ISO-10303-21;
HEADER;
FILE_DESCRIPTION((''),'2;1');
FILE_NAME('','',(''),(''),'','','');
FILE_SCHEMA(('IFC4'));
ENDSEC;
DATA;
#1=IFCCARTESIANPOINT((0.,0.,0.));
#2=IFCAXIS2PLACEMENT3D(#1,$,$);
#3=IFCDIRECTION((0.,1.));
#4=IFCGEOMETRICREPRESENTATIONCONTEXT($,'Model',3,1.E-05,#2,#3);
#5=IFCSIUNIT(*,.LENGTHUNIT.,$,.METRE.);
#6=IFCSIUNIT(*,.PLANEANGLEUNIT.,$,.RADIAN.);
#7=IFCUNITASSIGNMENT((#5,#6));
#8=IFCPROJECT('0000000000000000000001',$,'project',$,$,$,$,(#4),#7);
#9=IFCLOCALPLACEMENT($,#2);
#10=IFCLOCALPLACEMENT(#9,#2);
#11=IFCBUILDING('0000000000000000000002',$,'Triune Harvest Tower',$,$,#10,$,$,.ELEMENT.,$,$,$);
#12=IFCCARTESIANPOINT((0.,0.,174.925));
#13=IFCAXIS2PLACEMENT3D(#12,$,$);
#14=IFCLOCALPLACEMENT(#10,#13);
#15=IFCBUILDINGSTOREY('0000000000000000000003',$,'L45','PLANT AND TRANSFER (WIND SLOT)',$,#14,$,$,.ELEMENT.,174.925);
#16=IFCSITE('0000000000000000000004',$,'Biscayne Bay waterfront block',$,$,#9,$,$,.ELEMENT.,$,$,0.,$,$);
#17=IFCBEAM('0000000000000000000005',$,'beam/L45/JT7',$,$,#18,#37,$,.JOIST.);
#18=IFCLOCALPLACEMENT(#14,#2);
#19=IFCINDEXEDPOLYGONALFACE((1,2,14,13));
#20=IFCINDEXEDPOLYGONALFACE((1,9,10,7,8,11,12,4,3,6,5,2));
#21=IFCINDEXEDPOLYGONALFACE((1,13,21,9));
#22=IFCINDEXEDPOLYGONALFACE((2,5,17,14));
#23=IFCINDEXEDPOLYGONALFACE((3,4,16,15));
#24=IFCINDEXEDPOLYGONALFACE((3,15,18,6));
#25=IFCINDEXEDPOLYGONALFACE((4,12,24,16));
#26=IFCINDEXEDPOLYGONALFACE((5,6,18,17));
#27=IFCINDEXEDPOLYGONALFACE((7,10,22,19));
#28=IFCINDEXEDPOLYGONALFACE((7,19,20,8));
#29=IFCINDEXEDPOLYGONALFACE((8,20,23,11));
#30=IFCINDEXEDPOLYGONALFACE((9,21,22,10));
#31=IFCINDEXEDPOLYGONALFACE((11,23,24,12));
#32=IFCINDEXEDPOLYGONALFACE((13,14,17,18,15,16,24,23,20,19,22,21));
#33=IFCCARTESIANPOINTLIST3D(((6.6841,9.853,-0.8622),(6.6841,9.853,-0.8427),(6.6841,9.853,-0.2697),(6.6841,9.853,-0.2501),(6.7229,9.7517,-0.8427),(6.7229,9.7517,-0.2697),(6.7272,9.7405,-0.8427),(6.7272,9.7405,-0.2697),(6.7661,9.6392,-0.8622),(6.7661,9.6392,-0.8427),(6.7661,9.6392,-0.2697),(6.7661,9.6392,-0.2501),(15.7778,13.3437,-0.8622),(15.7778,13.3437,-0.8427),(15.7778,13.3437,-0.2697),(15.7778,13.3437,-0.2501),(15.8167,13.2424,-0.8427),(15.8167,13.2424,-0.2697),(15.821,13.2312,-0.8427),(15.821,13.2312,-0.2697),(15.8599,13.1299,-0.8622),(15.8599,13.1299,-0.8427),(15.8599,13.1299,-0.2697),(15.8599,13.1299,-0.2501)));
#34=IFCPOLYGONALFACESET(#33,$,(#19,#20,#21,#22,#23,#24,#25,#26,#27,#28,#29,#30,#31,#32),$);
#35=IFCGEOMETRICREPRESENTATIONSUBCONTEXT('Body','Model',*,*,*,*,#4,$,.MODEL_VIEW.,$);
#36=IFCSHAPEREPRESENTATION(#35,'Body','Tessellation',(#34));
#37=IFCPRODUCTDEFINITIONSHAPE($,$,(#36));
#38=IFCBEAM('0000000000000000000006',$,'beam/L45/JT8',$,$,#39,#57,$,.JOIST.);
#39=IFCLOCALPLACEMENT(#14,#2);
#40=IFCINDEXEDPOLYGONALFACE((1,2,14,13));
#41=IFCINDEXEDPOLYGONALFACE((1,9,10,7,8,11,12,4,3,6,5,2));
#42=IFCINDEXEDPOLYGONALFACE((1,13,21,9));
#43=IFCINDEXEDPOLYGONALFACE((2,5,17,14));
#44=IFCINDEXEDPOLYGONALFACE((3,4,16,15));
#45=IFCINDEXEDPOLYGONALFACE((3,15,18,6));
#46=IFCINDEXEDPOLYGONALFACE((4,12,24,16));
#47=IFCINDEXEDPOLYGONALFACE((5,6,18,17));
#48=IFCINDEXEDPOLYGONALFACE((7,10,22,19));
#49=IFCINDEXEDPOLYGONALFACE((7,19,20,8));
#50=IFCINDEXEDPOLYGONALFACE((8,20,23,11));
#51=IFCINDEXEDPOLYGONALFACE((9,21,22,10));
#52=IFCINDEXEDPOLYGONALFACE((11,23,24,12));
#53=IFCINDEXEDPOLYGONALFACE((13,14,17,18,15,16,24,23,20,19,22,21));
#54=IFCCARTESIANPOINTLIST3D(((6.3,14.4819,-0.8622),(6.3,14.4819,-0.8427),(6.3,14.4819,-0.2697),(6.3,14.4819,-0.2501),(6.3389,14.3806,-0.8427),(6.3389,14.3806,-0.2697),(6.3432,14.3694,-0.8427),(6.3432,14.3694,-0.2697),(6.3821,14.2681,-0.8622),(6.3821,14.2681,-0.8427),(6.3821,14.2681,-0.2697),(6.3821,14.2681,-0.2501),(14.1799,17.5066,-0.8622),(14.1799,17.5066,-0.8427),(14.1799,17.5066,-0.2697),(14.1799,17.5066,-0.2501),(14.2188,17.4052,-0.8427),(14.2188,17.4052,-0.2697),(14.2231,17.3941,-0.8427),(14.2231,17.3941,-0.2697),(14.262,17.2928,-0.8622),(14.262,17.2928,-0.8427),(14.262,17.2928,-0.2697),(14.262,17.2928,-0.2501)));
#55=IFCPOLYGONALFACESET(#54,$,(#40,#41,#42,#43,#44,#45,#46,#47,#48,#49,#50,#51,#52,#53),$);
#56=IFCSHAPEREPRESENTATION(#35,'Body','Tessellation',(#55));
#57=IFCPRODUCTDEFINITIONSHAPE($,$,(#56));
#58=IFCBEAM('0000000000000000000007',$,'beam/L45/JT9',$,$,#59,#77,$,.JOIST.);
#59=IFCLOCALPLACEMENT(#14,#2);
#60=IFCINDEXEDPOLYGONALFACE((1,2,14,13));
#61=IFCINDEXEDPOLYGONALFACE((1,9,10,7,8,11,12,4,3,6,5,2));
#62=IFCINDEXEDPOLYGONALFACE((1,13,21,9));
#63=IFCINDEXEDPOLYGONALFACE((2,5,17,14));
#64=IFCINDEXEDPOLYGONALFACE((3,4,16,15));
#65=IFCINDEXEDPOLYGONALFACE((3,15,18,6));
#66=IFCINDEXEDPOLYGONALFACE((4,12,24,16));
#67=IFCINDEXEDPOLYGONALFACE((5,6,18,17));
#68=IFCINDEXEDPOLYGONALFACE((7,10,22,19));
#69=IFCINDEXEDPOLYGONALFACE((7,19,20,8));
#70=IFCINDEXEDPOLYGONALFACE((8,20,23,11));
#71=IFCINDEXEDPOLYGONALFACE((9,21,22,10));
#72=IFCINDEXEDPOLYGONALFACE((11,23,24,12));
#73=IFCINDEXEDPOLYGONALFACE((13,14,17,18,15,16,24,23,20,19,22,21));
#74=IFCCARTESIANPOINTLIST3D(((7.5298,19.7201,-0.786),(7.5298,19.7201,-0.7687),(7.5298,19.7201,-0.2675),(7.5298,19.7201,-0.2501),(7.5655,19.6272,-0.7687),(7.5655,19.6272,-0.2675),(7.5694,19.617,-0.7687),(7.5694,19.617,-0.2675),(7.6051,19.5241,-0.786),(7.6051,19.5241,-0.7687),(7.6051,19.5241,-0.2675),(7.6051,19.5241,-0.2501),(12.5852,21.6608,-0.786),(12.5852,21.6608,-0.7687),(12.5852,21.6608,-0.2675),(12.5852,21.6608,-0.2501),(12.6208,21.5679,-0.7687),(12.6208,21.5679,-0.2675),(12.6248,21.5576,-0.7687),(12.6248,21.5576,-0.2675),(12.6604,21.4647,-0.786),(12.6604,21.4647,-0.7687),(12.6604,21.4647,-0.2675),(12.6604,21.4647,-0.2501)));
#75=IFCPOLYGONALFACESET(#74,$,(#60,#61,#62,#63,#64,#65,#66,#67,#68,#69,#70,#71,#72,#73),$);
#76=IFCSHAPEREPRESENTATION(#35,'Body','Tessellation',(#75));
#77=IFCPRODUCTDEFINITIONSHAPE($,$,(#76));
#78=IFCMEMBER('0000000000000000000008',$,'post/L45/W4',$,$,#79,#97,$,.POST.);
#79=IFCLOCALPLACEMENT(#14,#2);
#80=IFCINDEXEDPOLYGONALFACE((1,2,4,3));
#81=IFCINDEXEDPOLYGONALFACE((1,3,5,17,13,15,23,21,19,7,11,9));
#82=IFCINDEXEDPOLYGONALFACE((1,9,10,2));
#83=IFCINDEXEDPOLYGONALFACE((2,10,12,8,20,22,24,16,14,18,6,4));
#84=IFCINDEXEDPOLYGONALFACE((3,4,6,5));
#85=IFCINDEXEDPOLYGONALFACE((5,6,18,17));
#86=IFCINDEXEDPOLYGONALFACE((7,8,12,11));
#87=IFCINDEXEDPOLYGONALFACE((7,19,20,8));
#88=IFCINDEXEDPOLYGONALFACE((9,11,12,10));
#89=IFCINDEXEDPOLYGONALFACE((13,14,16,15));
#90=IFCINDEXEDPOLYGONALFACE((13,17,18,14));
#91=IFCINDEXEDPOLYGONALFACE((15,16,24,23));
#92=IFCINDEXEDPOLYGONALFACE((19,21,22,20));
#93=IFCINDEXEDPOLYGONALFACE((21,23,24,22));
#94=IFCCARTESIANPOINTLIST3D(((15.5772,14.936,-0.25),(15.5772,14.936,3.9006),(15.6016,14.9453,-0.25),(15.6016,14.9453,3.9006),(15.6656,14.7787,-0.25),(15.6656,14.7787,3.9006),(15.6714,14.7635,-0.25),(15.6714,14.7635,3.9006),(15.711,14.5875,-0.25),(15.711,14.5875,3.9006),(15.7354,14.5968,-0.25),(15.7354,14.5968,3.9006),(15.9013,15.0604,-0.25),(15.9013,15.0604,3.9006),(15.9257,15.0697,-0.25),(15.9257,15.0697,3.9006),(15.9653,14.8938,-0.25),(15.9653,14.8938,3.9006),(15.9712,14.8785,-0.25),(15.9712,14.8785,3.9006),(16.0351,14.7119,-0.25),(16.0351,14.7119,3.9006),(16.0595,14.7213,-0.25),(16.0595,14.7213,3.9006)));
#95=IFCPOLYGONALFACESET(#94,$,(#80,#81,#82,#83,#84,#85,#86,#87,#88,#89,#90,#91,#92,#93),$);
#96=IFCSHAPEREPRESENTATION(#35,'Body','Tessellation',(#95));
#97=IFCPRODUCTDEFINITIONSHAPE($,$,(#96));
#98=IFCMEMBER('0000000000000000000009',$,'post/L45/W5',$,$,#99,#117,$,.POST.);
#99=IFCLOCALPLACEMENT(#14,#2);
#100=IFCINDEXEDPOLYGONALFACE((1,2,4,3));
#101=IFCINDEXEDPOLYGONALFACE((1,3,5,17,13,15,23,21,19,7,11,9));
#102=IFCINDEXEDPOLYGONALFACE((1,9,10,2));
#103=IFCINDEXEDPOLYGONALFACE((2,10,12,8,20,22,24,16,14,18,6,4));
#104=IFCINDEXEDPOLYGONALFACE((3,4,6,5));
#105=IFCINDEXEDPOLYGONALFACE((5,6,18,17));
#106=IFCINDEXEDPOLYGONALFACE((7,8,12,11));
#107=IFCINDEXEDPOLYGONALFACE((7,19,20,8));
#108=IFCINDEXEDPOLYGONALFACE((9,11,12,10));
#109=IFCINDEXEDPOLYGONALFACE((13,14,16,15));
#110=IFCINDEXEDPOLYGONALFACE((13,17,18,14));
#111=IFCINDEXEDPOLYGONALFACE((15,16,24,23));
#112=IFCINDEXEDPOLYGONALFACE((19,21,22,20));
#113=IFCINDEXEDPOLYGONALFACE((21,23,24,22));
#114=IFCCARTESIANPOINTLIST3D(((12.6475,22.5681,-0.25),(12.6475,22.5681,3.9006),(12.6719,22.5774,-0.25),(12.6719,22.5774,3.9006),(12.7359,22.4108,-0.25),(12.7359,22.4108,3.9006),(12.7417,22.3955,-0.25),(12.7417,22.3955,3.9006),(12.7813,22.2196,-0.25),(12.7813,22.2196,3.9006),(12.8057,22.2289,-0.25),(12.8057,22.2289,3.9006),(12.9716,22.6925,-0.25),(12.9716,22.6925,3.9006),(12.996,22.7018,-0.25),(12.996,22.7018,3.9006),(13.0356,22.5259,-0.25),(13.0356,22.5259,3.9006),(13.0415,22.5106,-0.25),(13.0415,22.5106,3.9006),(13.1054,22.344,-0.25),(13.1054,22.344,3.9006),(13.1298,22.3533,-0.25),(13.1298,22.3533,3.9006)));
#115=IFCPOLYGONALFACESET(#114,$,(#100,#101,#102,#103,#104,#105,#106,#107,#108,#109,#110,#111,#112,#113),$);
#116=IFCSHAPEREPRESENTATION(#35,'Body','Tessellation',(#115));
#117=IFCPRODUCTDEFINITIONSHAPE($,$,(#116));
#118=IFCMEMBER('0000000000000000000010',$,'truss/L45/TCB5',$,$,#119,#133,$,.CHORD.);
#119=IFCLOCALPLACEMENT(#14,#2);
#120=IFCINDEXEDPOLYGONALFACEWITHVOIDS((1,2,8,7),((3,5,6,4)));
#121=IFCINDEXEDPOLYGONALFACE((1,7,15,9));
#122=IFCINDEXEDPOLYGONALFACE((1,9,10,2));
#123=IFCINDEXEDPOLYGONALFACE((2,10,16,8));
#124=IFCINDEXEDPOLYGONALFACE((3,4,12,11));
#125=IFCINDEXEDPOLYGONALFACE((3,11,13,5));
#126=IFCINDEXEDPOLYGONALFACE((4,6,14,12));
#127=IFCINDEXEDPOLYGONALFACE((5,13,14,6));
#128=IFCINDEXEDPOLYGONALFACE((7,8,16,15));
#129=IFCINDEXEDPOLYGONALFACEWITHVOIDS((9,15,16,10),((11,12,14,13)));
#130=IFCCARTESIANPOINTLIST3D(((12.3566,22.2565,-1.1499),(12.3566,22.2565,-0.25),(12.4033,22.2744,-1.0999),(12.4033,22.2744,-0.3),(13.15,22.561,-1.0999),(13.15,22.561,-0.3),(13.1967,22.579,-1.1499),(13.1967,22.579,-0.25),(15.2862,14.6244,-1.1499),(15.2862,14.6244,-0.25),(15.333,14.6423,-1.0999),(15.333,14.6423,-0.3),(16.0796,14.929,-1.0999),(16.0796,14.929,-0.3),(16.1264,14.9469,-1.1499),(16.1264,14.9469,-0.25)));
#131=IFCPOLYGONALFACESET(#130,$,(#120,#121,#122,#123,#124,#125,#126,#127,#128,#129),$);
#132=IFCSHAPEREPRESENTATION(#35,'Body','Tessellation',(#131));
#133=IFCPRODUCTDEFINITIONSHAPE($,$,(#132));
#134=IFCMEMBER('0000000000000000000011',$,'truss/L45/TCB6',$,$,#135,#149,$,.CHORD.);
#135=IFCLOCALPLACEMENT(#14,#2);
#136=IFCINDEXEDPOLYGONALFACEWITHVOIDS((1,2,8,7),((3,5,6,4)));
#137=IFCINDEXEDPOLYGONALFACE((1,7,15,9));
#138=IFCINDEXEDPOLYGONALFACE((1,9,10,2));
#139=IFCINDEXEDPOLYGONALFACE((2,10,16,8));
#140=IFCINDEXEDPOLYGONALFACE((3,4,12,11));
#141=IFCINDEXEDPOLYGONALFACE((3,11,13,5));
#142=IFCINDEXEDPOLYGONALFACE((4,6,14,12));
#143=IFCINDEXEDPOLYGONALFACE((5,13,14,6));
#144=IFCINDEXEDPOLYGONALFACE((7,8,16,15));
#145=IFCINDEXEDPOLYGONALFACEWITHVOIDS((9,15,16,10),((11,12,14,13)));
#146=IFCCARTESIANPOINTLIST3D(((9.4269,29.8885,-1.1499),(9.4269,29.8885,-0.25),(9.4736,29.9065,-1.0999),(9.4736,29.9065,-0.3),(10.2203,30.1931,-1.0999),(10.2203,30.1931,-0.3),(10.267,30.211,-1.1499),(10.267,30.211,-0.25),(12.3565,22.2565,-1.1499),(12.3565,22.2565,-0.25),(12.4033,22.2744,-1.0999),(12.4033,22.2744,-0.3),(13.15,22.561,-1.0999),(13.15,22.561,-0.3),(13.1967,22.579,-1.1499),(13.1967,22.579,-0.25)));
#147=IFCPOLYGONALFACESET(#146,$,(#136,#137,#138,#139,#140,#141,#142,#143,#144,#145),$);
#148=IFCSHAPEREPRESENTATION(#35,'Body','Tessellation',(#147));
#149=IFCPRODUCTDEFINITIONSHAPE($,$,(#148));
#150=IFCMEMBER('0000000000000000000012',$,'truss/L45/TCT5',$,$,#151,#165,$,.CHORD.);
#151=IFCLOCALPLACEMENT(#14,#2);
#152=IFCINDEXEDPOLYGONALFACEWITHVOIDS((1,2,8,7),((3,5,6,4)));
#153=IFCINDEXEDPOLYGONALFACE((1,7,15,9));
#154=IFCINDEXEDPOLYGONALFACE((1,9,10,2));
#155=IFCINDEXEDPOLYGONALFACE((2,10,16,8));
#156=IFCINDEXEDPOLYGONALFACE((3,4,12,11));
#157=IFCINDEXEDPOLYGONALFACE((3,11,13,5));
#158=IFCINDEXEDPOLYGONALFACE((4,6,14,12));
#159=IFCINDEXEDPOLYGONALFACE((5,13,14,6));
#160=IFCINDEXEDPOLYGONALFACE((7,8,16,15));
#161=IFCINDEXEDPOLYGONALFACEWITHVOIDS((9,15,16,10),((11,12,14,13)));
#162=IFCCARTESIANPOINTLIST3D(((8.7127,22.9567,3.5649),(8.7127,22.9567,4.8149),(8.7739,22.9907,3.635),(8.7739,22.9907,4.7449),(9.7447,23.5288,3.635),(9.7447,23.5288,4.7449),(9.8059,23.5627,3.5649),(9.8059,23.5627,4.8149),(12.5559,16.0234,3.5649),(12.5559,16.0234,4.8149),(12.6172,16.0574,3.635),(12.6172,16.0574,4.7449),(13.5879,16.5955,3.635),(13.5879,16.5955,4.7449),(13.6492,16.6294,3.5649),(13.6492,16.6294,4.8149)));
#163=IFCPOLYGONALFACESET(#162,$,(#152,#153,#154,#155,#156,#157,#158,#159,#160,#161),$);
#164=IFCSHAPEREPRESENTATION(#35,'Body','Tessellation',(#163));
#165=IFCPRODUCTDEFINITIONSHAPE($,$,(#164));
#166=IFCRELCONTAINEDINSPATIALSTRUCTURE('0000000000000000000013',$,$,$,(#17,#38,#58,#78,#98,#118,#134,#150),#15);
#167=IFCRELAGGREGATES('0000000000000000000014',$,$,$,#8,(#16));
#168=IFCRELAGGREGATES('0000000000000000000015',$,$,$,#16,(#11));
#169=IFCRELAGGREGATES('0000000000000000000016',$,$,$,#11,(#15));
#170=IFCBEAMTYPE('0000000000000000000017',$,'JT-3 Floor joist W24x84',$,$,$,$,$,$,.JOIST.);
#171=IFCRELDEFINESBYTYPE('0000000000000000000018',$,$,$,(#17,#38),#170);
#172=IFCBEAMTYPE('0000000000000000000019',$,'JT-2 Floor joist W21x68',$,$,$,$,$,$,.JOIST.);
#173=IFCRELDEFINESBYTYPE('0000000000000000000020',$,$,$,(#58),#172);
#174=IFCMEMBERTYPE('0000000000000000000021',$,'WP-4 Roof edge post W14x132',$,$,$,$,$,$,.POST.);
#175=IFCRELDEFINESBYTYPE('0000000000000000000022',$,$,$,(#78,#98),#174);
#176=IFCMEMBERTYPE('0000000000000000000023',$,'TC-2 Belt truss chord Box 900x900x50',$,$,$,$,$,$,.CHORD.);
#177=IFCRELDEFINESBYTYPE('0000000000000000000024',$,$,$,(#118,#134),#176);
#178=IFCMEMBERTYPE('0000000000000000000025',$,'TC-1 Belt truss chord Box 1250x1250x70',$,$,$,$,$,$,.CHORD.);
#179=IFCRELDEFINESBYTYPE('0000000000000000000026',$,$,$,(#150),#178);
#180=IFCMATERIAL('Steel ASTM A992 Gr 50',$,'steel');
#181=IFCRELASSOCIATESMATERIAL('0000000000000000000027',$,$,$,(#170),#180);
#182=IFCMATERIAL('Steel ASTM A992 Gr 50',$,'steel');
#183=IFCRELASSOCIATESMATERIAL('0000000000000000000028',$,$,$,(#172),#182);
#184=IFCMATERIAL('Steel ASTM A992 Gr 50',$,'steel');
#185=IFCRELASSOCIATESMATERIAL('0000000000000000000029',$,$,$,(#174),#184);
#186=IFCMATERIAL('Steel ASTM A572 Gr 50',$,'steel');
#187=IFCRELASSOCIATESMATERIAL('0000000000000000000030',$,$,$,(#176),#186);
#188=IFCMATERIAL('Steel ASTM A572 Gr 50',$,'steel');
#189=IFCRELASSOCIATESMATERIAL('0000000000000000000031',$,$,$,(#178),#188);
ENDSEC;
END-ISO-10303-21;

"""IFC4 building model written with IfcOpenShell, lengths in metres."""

from ifc_helpers import new_model, si_unit, direction, frame, origin, origin_2d, place, context, subcontext, project, spatial, hollow_rectangle, i_section, extrude, source, transform, mapped, material, material_profile, profile_set, type_object, element, save


model = new_model("IFC4")

# Units and contexts
model_context = context("Model", 3, precision=1e-05, world=origin(), true_north=direction((0.0, 1.0)))
body_context = subcontext(model_context, "Body", "Model", "MODEL_VIEW")
ifc_project = project(units=[si_unit("LENGTHUNIT", "METRE"), si_unit("PLANEANGLEUNIT", "RADIAN")], contexts=[model_context])

# Site, building, storey
site_placement = place(None, origin())
site = spatial("IfcSite", under=ifc_project, at=site_placement, Name="Biscayne Bay waterfront block", CompositionType="ELEMENT", RefElevation=0.0)
building_placement = place(site_placement, origin())
building = spatial("IfcBuilding", under=site, at=building_placement, Name="Triune Harvest Tower", CompositionType="ELEMENT")
storey_placement = place(building_placement, frame((0.0, 0.0, 174.925)))
storey = spatial("IfcBuildingStorey", under=building, at=storey_placement, Name="L45", Description="PLANT AND TRANSFER (WIND SLOT)", CompositionType="ELEMENT", Elevation=174.925)

# Beams
ifc_material_1 = material(Name="Steel ASTM A992 Gr 50", Category="steel")
ifc_material_profile_1 = material_profile(ifc_material_1, i_section(OverallWidth=0.229, OverallDepth=0.6121, WebThickness=0.012, FlangeThickness=0.0195, at=origin_2d()), Name="W24x84")
ifc_profile_set_1 = profile_set([ifc_material_profile_1], Name="Steel ASTM A992 Gr 50")
beam_type_1 = type_object("IfcBeamType", Name="JT-3 Floor joist W24x84", PredefinedType="JOIST", material=ifc_profile_set_1)
beam_1_placement = place(storey_placement, frame((15.8188, 13.2368, -0.5562), z_axis=(-0.933582, -0.358364, 0.0), x_axis=(0.358364, -0.933582, 0.0)))
element("IfcBeam", 1, at=beam_1_placement, inside=storey, type_object=beam_type_1, Name="beam/L45/JT7", PredefinedType="JOIST", context=body_context, shape_type="SweptSolid", body=[
    extrude(i_section(OverallWidth=0.229, OverallDepth=0.6121, WebThickness=0.012, FlangeThickness=0.0195, at=origin_2d()), origin(), (0.0, 0.0, 1.0), 9.7407),
])
shared_shape_1 = source(origin(), body_context, "Body", "SweptSolid", [
    extrude(i_section(OverallWidth=0.229, OverallDepth=0.6121, WebThickness=0.012, FlangeThickness=0.0195, at=origin_2d()), origin(), (0.0, 0.0, 1.0), 8.4404),
])
beam_2_placement = place(storey_placement, frame((14.2209, 17.3997, -0.5562), z_axis=(-0.933586, -0.358353, 0.0), x_axis=(0.358353, -0.933586, 0.0)))
element("IfcBeam", 2, at=beam_2_placement, inside=storey, type_object=beam_type_1, Name="beam/L45/JT8", PredefinedType="JOIST", context=body_context, shape_type="MappedRepresentation", body=[
    mapped(shared_shape_1, transform((0.0, 0.0, 0.0), scale=1.0)),
])
ifc_material_2 = material(Name="Steel ASTM A992 Gr 50", Category="steel")
ifc_material_profile_2 = material_profile(ifc_material_2, i_section(OverallWidth=0.21, OverallDepth=0.5359, WebThickness=0.011, FlangeThickness=0.0173, at=origin_2d()), Name="W21x68")
ifc_profile_set_2 = profile_set([ifc_material_profile_2], Name="Steel ASTM A992 Gr 50")
beam_type_2 = type_object("IfcBeamType", Name="JT-2 Floor joist W21x68", PredefinedType="JOIST", material=ifc_profile_set_2)
shared_shape_2 = source(origin(), body_context, "Body", "SweptSolid", [
    extrude(i_section(OverallWidth=0.21, OverallDepth=0.5359, WebThickness=0.011, FlangeThickness=0.0173, at=origin_2d()), origin(), (0.0, 0.0, 1.0), 5.415),
])
beam_3_placement = place(storey_placement, frame((12.6228, 21.5627, -0.5181), z_axis=(-0.933575, -0.358381, 0.0), x_axis=(0.358381, -0.933575, 0.0)))
element("IfcBeam", 3, at=beam_3_placement, inside=storey, type_object=beam_type_2, Name="beam/L45/JT9", PredefinedType="JOIST", context=body_context, shape_type="MappedRepresentation", body=[
    mapped(shared_shape_2, transform((0.0, 0.0, 0.0), scale=1.0)),
])

# Members
ifc_material_3 = material(Name="Steel ASTM A992 Gr 50", Category="steel")
ifc_material_profile_3 = material_profile(ifc_material_3, i_section(OverallWidth=0.3733, OverallDepth=0.3733, WebThickness=0.0164, FlangeThickness=0.0261, at=origin_2d()), Name="W14x132")
ifc_profile_set_3 = profile_set([ifc_material_profile_3], Name="Steel ASTM A992 Gr 50")
member_type_1 = type_object("IfcMemberType", Name="WP-4 Roof edge post W14x132", PredefinedType="POST", material=ifc_profile_set_3)
shared_shape_3 = source(origin(), body_context, "Body", "SweptSolid", [
    extrude(i_section(OverallWidth=0.3733, OverallDepth=0.3733, WebThickness=0.0164, FlangeThickness=0.0261, at=origin_2d()), origin(), (0.0, 0.0, 1.0), 4.1506),
])
for number, where, z_axis, x_axis, name in (
    (4, (15.8184, 14.8286, -0.25), (0.0, 0.0, 1.0), (-0.358368, 0.93358, 0.0), "post/L45/W4"),
    (5, (12.8887, 22.4607, -0.25), (0.0, 0.0, 1.0), (-0.358368, 0.93358, 0.0), "post/L45/W5"),
):
    element("IfcMember", number, at=place(storey_placement, frame(where, z_axis=z_axis, x_axis=x_axis)), inside=storey, type_object=member_type_1, Name=name, PredefinedType="POST", context=body_context, shape_type="MappedRepresentation", body=[
        mapped(shared_shape_3, transform((0.0, 0.0, 0.0), scale=1.0)),
    ])
ifc_material_4 = material(Name="Steel ASTM A572 Gr 50", Category="steel")
ifc_material_profile_4 = material_profile(ifc_material_4, hollow_rectangle(XDim=0.8999, YDim=0.8999, WallThickness=0.05, at=origin_2d()), Name="Box 900x900x50")
ifc_profile_set_4 = profile_set([ifc_material_profile_4], Name="Steel ASTM A572 Gr 50")
member_type_2 = type_object("IfcMemberType", Name="TC-2 Belt truss chord Box 900x900x50", PredefinedType="CHORD", material=ifc_profile_set_4)
shared_shape_4 = source(origin(), body_context, "Body", "SweptSolid", [
    extrude(hollow_rectangle(XDim=0.8999, YDim=0.8999, WallThickness=0.05, at=origin_2d()), origin(), (0.0, 0.0, 1.0), 8.175),
])
for number, where, z_axis, x_axis, name in (
    (6, (15.7063, 14.7856, -0.7), (-0.358369, 0.93358, 0.0), (-0.93358, -0.358369, 0.0), "truss/L45/TCB5"),
    (7, (12.7766, 22.4177, -0.7), (-0.358369, 0.93358, 0.0), (-0.93358, -0.358369, 0.0), "truss/L45/TCB6"),
):
    element("IfcMember", number, at=place(storey_placement, frame(where, z_axis=z_axis, x_axis=x_axis)), inside=storey, type_object=member_type_2, Name=name, PredefinedType="CHORD", context=body_context, shape_type="MappedRepresentation", body=[
        mapped(shared_shape_4, transform((0.0, 0.0, 0.0), scale=1.0)),
    ])
ifc_material_5 = material(Name="Steel ASTM A572 Gr 50", Category="steel")
ifc_material_profile_5 = material_profile(ifc_material_5, hollow_rectangle(XDim=1.25, YDim=1.25, WallThickness=0.0701, at=origin_2d()), Name="Box 1250x1250x70")
ifc_profile_set_5 = profile_set([ifc_material_profile_5], Name="Steel ASTM A572 Gr 50")
member_type_3 = type_object("IfcMemberType", Name="TC-1 Belt truss chord Box 1250x1250x70", PredefinedType="CHORD", material=ifc_profile_set_5)
shared_shape_5 = source(origin(), body_context, "Body", "SweptSolid", [
    extrude(hollow_rectangle(XDim=1.25, YDim=1.25, WallThickness=0.0701, at=origin_2d()), origin(), (0.0, 0.0, 1.0), 7.9272),
])
member_1_placement = place(storey_placement, frame((13.1025, 16.3264, 4.1899), z_axis=(-0.484814, 0.874617, 0.0), x_axis=(-0.874617, -0.484814, 0.0)))
element("IfcMember", 8, at=member_1_placement, inside=storey, type_object=member_type_3, Name="truss/L45/TCT5", PredefinedType="CHORD", context=body_context, shape_type="MappedRepresentation", body=[
    mapped(shared_shape_5, transform((0.0, 0.0, 0.0), scale=1.0)),
])

save(model, "model.ifc")
